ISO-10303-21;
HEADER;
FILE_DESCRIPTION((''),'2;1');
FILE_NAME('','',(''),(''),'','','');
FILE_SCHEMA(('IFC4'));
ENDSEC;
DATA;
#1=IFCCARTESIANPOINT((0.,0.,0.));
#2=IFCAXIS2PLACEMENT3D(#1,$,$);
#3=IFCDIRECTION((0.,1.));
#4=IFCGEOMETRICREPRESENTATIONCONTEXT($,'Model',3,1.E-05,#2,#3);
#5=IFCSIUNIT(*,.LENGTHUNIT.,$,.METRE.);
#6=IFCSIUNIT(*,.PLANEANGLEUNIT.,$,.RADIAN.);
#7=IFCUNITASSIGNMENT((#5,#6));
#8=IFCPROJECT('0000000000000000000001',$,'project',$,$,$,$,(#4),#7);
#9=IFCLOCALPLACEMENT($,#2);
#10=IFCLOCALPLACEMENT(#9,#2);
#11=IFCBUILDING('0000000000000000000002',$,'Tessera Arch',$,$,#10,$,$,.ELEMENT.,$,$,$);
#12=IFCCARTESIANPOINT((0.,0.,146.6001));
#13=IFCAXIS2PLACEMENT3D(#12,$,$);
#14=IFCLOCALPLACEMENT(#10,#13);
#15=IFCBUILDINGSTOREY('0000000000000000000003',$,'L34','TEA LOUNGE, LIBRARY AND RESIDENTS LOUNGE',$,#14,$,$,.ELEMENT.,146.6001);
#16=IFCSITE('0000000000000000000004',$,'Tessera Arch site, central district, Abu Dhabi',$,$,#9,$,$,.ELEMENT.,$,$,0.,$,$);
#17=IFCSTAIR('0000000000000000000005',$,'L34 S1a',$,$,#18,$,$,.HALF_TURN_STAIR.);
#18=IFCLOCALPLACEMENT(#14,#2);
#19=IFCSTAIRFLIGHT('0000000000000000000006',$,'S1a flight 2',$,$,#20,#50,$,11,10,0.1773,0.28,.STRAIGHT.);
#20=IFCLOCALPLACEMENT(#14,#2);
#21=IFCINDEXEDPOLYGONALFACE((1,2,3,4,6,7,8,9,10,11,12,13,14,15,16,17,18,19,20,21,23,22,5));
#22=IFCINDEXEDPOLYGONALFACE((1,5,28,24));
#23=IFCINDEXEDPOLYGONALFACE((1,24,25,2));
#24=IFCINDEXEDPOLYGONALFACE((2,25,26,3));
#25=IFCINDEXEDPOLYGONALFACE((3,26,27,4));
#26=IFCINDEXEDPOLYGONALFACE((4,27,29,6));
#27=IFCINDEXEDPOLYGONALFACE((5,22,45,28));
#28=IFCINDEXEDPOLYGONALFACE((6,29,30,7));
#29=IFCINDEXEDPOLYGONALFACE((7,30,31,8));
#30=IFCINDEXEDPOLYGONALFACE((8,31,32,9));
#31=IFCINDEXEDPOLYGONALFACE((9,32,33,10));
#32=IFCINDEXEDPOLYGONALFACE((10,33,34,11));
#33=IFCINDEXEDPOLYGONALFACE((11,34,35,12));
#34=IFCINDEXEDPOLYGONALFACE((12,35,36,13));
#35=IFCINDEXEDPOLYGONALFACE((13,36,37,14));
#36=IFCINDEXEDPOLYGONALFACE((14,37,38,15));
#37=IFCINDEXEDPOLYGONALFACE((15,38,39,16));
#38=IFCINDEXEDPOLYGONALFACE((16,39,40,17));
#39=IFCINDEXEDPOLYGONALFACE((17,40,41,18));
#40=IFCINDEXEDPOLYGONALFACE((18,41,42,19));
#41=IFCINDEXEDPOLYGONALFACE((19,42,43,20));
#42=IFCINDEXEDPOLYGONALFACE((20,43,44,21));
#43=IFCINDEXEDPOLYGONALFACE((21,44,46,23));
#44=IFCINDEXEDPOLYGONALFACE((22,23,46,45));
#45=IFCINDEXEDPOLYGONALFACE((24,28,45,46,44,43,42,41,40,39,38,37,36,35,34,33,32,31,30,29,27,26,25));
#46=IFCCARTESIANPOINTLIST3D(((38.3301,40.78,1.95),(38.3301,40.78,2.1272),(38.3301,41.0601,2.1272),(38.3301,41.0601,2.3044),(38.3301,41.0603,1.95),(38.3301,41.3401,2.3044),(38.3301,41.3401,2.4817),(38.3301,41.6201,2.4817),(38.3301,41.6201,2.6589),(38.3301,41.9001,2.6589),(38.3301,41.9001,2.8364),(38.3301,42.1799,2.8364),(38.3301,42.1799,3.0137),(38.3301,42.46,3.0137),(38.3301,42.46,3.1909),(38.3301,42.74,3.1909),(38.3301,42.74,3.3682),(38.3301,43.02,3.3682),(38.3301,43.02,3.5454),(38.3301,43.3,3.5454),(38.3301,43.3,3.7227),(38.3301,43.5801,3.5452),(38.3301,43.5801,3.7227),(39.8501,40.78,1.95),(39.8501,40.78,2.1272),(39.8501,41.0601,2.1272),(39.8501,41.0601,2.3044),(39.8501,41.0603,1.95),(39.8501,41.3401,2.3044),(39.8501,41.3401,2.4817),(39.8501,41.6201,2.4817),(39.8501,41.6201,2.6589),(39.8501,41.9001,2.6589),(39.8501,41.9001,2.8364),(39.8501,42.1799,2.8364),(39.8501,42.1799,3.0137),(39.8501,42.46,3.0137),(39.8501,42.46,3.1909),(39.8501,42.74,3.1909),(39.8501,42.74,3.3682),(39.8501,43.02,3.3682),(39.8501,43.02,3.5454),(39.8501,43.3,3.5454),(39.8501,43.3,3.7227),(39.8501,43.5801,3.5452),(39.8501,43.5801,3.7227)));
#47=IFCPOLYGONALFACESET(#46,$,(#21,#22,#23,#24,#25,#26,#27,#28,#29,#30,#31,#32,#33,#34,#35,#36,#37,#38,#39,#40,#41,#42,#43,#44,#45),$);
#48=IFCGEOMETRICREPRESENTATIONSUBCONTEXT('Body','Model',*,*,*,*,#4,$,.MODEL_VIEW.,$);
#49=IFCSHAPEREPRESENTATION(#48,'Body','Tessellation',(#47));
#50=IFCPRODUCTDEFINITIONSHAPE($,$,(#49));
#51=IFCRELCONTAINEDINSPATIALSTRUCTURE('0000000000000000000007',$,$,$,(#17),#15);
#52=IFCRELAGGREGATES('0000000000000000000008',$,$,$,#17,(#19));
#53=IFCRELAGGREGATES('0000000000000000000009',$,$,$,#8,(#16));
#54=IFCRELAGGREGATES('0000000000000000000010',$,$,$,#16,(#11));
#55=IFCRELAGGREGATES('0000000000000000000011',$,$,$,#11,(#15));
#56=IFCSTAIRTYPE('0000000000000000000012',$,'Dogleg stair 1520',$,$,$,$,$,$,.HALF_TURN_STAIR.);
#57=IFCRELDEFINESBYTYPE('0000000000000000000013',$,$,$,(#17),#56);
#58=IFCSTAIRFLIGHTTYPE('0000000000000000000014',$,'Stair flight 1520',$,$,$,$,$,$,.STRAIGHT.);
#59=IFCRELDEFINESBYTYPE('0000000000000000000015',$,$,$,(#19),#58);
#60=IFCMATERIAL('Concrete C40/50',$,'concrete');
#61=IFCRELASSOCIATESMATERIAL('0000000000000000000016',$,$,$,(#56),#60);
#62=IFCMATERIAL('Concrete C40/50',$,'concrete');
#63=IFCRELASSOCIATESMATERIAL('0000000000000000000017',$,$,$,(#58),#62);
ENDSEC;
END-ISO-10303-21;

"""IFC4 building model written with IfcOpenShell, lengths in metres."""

from ifc_helpers import new_model, si_unit, direction, frame, origin, place, context, subcontext, project, spatial, polyline, outline, extrude, material, type_object, element, aggregate, save


model = new_model("IFC4")

# Units and contexts
model_context = context("Model", 3, precision=1e-05, world=origin(), true_north=direction((0.0, 1.0)))
body_context = subcontext(model_context, "Body", "Model", "MODEL_VIEW")
ifc_project = project(units=[si_unit("LENGTHUNIT", "METRE"), si_unit("PLANEANGLEUNIT", "RADIAN")], contexts=[model_context])

# Site, building, storey
site_placement = place(None, origin())
site = spatial("IfcSite", under=ifc_project, at=site_placement, Name="Tessera Arch site, central district, Abu Dhabi", CompositionType="ELEMENT", RefElevation=0.0)
building_placement = place(site_placement, origin())
building = spatial("IfcBuilding", under=site, at=building_placement, Name="Tessera Arch", CompositionType="ELEMENT")
storey_placement = place(building_placement, frame((0.0, 0.0, 146.6001)))
storey = spatial("IfcBuildingStorey", under=building, at=storey_placement, Name="L34", Description="TEA LOUNGE, LIBRARY AND RESIDENTS LOUNGE", CompositionType="ELEMENT", Elevation=146.6001)

# Stair, stair flight
ifc_material_1 = material(Name="Concrete C40/50", Category="concrete")
stair_type = type_object("IfcStairType", Name="Dogleg stair 1520", PredefinedType="HALF_TURN_STAIR", material=ifc_material_1)
stair_placement = place(storey_placement, origin())
stair = element("IfcStair", 1, at=stair_placement, inside=storey, type_object=stair_type, Name="L34 S1a", PredefinedType="HALF_TURN_STAIR")
ifc_material_2 = material(Name="Concrete C40/50", Category="concrete")
stair_flight_type = type_object("IfcStairFlightType", Name="Stair flight 1520", PredefinedType="STRAIGHT", material=ifc_material_2)
stair_flight_1_placement = place(storey_placement, frame((39.0901, 40.78, 1.95), z_axis=(0.0, 0.0, 1.0), x_axis=(0.0, 1.0, 0.0)))
stair_flight_1 = element("IfcStairFlight", 2, at=stair_flight_1_placement, type_object=stair_flight_type, Name="S1a flight 2", NumberOfRisers=11, NumberOfTreads=10, PredefinedType="STRAIGHT", RiserHeight=0.1773, TreadLength=0.28, context=body_context, shape_type="SweptSolid", body=[
    extrude(outline(polyline([(0.0, 0.0), (0.0, 0.1772), (0.28, 0.1772), (0.28, 0.3545), (0.5601, 0.3545), (0.5601, 0.5317), (0.8401, 0.5317), (0.8401, 0.709), (1.1201, 0.709), (1.1201, 0.8865), (1.3999, 0.8865), (1.3999, 1.0637), (1.6799, 1.0637), (1.6799, 1.241), (1.96, 1.241), (1.96, 1.4182), (2.24, 1.4182), (2.24, 1.5955), (2.52, 1.5955), (2.52, 1.7727), (2.8, 1.7727), (2.8, 1.95), (2.8, 1.5952), (0.2803, 0.0), (0.0, 0.0)])), frame((0.0, 0.76, 0.0), z_axis=(0.0, -1.0, 0.0), x_axis=(1.0, 0.0, 0.0)), (0.0, 0.0, 1.0), 1.52),
])
aggregate(stair, [stair_flight_1])

save(model, "model.ifc")
